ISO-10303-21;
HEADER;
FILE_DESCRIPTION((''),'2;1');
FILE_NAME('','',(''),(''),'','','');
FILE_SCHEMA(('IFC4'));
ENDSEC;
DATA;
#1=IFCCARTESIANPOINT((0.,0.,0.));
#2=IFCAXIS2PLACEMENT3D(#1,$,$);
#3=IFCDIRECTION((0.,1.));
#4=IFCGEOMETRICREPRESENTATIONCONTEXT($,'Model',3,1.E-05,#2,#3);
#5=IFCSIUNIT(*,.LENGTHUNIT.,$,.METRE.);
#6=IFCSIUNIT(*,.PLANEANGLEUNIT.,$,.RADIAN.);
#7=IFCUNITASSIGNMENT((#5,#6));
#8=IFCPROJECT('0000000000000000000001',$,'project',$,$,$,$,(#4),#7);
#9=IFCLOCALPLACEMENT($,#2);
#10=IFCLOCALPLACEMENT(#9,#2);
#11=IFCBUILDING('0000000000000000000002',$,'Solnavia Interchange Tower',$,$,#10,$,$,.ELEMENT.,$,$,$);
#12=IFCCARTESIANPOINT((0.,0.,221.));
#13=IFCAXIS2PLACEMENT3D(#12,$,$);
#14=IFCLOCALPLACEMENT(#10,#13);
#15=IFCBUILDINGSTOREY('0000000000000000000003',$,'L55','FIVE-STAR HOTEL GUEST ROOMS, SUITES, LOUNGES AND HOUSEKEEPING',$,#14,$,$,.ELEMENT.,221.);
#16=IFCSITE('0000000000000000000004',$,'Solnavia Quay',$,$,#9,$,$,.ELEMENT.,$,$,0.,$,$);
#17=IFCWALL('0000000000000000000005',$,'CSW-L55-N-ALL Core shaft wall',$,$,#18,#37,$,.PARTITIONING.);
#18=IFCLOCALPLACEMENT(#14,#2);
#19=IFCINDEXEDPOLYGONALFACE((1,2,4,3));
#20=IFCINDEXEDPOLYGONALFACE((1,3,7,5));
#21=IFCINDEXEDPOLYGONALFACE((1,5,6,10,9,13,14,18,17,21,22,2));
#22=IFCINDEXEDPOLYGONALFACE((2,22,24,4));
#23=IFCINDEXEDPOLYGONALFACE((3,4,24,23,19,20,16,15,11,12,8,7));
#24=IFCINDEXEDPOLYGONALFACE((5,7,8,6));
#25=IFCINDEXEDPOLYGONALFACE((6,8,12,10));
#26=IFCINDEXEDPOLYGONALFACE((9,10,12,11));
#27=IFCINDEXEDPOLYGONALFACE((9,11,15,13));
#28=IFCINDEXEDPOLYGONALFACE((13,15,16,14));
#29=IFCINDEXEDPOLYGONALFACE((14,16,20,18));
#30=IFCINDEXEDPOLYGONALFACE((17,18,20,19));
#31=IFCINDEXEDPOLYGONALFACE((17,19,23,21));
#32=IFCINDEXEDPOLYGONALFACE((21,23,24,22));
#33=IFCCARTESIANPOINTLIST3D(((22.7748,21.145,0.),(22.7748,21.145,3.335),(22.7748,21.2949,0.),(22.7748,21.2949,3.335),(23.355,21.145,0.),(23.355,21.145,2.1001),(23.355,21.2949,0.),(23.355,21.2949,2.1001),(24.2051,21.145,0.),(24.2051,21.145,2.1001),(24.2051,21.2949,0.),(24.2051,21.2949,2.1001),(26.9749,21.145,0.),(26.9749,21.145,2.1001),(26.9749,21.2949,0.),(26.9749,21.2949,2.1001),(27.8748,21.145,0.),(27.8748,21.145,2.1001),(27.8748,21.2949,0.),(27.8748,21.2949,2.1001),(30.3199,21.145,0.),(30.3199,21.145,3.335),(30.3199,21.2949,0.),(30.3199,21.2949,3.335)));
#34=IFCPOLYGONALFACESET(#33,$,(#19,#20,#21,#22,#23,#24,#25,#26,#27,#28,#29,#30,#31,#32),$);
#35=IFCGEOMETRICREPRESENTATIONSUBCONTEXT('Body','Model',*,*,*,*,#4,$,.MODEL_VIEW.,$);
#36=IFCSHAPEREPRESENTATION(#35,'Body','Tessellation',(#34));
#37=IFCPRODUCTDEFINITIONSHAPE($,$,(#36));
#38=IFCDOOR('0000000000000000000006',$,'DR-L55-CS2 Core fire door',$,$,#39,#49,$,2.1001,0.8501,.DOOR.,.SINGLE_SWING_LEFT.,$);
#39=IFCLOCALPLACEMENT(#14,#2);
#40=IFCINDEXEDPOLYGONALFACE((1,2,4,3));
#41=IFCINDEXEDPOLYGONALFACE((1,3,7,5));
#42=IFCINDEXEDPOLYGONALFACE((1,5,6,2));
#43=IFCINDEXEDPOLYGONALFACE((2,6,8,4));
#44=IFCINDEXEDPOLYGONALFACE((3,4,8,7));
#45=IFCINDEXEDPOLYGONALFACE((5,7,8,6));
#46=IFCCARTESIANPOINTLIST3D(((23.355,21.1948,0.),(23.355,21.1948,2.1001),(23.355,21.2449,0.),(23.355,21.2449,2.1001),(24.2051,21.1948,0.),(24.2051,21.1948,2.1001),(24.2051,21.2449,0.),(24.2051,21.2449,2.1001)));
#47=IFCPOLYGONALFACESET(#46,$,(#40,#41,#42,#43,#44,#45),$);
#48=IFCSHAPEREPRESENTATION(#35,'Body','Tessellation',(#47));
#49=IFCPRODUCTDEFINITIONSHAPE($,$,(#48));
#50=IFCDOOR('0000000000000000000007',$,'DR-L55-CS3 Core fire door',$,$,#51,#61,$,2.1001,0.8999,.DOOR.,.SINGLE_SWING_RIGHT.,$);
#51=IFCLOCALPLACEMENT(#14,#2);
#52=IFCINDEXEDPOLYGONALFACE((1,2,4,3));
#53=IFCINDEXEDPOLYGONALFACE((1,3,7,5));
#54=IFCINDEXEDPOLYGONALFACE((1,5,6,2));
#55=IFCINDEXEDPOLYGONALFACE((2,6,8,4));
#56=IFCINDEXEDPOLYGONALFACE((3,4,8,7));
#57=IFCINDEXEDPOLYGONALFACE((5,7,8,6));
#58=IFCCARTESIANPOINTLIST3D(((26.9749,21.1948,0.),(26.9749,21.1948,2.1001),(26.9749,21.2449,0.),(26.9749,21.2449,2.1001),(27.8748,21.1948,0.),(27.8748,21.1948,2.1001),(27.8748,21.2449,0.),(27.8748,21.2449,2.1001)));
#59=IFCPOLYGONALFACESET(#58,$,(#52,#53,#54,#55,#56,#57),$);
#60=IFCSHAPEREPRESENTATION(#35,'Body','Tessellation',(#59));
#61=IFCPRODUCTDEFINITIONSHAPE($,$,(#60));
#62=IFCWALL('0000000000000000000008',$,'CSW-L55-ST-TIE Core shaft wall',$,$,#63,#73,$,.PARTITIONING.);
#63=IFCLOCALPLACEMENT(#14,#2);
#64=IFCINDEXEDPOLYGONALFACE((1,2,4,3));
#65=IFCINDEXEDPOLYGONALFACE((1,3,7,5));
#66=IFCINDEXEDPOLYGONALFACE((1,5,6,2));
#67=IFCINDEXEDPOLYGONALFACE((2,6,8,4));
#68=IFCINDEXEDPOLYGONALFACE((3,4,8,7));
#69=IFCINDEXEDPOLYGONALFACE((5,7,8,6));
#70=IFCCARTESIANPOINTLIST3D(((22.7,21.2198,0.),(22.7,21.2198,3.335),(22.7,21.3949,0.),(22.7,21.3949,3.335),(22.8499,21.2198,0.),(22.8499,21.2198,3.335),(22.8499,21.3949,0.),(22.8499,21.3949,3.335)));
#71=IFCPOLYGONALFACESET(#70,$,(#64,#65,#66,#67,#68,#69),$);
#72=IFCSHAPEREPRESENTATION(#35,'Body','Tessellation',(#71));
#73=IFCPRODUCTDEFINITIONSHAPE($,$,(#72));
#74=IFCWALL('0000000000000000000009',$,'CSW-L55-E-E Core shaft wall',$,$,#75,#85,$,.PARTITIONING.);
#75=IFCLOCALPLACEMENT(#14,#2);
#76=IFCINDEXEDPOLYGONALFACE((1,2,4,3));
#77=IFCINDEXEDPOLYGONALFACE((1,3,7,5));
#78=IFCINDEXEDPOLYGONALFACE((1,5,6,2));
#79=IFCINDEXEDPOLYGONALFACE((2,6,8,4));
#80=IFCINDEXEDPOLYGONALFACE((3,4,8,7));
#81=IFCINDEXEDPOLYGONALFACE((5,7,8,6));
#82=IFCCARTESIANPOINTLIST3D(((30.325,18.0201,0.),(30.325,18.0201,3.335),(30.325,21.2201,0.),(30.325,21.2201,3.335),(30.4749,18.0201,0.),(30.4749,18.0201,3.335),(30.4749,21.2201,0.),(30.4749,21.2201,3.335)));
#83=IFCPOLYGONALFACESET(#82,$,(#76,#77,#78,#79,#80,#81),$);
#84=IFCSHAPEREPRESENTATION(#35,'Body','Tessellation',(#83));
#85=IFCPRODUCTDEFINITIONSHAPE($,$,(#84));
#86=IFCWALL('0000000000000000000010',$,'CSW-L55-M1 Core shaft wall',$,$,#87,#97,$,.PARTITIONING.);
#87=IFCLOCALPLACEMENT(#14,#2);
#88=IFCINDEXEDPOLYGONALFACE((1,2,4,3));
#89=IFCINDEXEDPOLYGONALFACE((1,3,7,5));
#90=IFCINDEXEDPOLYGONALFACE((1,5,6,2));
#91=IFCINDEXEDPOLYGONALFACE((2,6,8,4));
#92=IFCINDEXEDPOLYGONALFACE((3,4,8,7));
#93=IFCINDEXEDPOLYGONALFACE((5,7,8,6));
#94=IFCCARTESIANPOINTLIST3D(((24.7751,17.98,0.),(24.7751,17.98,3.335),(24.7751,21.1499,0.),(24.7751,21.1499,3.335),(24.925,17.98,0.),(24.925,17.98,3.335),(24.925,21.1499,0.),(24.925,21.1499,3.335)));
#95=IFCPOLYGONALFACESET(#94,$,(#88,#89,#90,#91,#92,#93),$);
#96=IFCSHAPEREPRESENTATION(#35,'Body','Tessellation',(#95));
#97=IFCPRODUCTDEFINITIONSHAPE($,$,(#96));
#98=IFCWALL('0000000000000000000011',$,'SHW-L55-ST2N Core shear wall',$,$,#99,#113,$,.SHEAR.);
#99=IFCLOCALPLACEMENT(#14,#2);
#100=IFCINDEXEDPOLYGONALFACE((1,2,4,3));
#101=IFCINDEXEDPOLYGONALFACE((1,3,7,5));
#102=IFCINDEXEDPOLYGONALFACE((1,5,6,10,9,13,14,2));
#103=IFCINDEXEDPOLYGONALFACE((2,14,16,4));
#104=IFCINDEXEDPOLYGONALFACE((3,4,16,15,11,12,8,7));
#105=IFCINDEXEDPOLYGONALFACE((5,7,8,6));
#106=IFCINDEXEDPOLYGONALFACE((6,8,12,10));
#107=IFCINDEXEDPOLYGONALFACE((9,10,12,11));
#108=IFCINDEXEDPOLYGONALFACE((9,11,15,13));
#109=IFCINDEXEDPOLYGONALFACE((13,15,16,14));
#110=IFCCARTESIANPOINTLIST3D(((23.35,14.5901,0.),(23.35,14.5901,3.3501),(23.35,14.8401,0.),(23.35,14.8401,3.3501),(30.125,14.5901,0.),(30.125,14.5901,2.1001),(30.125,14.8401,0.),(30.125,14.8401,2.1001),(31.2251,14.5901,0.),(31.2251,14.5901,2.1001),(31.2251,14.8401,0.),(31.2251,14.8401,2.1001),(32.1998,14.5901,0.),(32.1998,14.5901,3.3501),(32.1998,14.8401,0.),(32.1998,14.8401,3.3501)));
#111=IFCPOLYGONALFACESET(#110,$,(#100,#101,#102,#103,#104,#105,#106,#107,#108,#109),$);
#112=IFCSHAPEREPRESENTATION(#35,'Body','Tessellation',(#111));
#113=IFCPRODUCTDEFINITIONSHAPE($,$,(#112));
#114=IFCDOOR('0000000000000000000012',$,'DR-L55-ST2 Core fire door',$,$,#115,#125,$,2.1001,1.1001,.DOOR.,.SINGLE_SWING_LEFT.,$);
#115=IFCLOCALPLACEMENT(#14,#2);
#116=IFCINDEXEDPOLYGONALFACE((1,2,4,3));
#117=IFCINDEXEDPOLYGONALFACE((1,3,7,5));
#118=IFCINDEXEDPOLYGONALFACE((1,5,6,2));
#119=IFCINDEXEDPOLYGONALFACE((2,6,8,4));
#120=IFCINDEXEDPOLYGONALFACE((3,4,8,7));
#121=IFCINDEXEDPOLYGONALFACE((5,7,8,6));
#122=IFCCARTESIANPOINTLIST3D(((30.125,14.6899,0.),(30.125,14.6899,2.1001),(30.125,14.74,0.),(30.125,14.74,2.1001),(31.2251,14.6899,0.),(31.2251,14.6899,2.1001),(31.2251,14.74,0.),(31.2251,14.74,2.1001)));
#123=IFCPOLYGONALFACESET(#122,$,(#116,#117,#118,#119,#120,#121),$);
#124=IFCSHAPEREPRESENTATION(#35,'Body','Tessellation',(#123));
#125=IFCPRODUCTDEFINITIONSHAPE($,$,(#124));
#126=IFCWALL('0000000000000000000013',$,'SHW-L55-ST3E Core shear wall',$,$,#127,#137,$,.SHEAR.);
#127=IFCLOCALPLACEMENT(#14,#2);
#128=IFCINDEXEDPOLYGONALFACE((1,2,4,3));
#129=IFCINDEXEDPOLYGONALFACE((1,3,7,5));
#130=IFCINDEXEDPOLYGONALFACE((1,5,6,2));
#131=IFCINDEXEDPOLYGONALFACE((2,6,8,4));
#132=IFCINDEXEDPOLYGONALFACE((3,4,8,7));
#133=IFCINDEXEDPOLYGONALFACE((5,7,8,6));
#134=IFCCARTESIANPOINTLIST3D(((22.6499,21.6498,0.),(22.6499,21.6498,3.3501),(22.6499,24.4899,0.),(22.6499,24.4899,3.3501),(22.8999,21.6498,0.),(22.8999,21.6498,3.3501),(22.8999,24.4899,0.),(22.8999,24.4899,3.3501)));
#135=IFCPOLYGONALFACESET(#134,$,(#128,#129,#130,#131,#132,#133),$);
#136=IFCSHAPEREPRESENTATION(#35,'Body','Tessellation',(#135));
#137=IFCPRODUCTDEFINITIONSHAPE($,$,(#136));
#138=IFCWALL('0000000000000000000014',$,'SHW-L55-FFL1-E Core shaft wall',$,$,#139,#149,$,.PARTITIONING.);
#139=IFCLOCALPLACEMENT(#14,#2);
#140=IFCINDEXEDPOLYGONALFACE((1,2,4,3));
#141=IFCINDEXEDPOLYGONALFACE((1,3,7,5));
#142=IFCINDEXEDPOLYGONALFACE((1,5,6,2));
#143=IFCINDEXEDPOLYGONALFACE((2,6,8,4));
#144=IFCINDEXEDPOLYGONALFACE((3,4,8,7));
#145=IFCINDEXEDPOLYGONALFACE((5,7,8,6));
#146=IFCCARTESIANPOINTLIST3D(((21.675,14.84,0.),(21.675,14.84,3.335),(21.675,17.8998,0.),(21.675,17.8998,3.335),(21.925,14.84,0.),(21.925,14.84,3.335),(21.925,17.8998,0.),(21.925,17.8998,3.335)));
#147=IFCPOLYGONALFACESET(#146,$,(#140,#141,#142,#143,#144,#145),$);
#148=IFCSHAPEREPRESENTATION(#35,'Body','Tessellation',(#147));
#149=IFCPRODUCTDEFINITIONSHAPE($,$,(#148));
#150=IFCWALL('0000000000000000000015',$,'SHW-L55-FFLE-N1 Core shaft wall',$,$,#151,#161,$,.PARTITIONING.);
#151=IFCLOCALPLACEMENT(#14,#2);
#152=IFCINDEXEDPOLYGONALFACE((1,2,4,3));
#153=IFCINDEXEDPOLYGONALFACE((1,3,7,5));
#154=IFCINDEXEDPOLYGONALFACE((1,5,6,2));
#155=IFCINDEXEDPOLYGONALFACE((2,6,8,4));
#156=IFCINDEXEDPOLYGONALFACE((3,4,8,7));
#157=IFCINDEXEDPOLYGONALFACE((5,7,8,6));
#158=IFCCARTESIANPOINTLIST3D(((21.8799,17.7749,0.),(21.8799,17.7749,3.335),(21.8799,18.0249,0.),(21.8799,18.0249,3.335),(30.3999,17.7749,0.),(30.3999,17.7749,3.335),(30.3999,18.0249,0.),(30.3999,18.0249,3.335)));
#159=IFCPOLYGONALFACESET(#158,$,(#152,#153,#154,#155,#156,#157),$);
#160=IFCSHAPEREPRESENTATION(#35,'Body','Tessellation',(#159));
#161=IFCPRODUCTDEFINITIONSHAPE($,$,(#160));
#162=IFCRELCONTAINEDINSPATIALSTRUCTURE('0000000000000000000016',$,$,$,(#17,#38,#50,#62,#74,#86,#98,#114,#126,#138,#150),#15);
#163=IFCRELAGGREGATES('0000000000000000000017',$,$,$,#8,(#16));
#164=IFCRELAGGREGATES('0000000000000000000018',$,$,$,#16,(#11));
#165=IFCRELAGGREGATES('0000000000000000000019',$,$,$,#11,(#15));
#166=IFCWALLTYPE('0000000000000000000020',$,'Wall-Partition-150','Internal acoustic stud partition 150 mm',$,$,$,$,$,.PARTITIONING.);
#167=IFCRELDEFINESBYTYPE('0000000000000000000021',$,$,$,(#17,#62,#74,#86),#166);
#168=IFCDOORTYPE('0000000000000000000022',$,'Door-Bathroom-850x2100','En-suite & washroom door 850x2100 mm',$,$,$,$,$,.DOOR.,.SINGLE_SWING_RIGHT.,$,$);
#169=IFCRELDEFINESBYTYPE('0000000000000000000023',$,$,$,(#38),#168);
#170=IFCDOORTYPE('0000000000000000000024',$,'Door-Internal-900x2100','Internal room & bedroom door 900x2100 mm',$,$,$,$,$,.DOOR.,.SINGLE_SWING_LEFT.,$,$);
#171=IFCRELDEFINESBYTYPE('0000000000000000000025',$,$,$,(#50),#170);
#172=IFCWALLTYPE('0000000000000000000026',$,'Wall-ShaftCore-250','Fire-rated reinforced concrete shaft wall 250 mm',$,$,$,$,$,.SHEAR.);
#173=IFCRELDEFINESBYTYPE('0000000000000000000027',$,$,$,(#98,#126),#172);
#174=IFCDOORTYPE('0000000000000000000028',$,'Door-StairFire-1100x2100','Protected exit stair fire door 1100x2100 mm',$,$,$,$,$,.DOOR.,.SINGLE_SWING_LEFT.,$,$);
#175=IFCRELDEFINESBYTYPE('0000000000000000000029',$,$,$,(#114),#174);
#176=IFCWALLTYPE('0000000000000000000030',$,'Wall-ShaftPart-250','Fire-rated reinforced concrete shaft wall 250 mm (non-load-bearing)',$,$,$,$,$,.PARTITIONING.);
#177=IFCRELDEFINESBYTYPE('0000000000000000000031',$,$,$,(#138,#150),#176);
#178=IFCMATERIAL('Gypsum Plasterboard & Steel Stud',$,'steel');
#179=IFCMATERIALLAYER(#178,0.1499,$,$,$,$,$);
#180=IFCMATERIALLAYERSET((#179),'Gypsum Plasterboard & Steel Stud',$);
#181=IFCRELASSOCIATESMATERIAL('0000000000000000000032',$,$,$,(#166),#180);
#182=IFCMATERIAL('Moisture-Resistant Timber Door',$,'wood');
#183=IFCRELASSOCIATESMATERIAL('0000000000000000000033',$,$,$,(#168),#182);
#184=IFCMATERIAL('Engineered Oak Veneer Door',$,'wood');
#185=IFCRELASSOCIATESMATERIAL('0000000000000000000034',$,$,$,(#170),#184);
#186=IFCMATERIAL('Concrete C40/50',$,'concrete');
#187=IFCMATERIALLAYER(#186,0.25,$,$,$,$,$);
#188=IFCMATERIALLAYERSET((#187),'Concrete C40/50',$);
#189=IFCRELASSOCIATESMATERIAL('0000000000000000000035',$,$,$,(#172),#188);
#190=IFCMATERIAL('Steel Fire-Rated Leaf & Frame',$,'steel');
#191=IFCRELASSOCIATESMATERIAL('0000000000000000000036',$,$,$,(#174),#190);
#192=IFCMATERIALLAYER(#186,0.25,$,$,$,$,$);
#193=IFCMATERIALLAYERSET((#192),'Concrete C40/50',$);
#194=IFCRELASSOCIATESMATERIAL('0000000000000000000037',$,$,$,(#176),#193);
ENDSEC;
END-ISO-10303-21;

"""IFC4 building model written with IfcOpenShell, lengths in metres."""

from ifc_helpers import new_model, si_unit, direction, frame, frame_2d, origin, place, context, subcontext, project, spatial, rectangle, extrude, material, layer, layer_set, type_object, element, fill, save


model = new_model("IFC4")

# Units and contexts
model_context = context("Model", 3, precision=1e-05, world=origin(), true_north=direction((0.0, 1.0)))
body_context = subcontext(model_context, "Body", "Model", "MODEL_VIEW")
ifc_project = project(units=[si_unit("LENGTHUNIT", "METRE"), si_unit("PLANEANGLEUNIT", "RADIAN")], contexts=[model_context])

# Site, building, storey
site_placement = place(None, origin())
site = spatial("IfcSite", under=ifc_project, at=site_placement, Name="Solnavia Quay", CompositionType="ELEMENT", RefElevation=0.0)
building_placement = place(site_placement, origin())
building = spatial("IfcBuilding", under=site, at=building_placement, Name="Solnavia Interchange Tower", CompositionType="ELEMENT")
storey_placement = place(building_placement, frame((0.0, 0.0, 221.0)))
storey = spatial("IfcBuildingStorey", under=building, at=storey_placement, Name="L55", Description="FIVE-STAR HOTEL GUEST ROOMS, SUITES, LOUNGES AND HOUSEKEEPING", CompositionType="ELEMENT", Elevation=221.0)

# Wall, openings, doors
ifc_material_1 = material(Name="Gypsum Plasterboard & Steel Stud", Category="steel")
ifc_layer_1 = layer(ifc_material_1, 0.1499)
ifc_layer_set_1 = layer_set([ifc_layer_1], Name="Gypsum Plasterboard & Steel Stud")
wall_type_1 = type_object("IfcWallType", Name="Wall-Partition-150", Description="Internal acoustic stud partition 150 mm", PredefinedType="PARTITIONING", material=ifc_layer_set_1)
wall_1_placement = place(storey_placement, frame((22.7749, 21.22, 0.0), z_axis=(0.0, 0.0, 1.0), x_axis=(1.0, 0.0, 0.0)))
wall_1 = element("IfcWall", 1, at=wall_1_placement, inside=storey, type_object=wall_type_1, Name="CSW-L55-N-ALL Core shaft wall", PredefinedType="PARTITIONING", context=body_context, shape_type="SweptSolid", body=[
    extrude(rectangle(XDim=7.5452, YDim=0.1499, at=frame_2d((3.7725, 0.0))), origin(), (0.0, 0.0, 1.0), 3.335),
])
opening_1_placement = place(wall_1_placement, frame((0.5801, 0.0, 0.0)))
opening_1 = element("IfcOpeningElement", 2, at=opening_1_placement, cuts=wall_1, PredefinedType="OPENING", context=body_context, shape_type="SweptSolid", body=[
    extrude(rectangle(XDim=0.8501, YDim=2.1001, at=frame_2d((0.425, 1.05))), frame((0.0, 0.085, 0.0), z_axis=(0.0, -1.0, 0.0), x_axis=(1.0, 0.0, 0.0)), (0.0, 0.0, 1.0), 0.1699),
])
opening_2_placement = place(wall_1_placement, frame((4.2, 0.0, 0.0)))
opening_2 = element("IfcOpeningElement", 3, at=opening_2_placement, cuts=wall_1, PredefinedType="OPENING", context=body_context, shape_type="SweptSolid", body=[
    extrude(rectangle(XDim=0.8999, YDim=2.1001, at=frame_2d((0.45, 1.05))), frame((0.0, 0.085, 0.0), z_axis=(0.0, -1.0, 0.0), x_axis=(1.0, 0.0, 0.0)), (0.0, 0.0, 1.0), 0.1699),
])
ifc_material_2 = material(Name="Moisture-Resistant Timber Door", Category="wood")
door_type_1 = type_object("IfcDoorType", Name="Door-Bathroom-850x2100", Description="En-suite & washroom door 850x2100 mm", OperationType="SINGLE_SWING_RIGHT", PredefinedType="DOOR", material=ifc_material_2)
door_1_placement = place(opening_1_placement, origin())
door_1 = element("IfcDoor", 4, at=door_1_placement, inside=storey, type_object=door_type_1, Name="DR-L55-CS2 Core fire door", OperationType="SINGLE_SWING_LEFT", OverallHeight=2.1001, OverallWidth=0.8501, PredefinedType="DOOR", context=body_context, shape_type="SweptSolid", body=[
    extrude(rectangle(XDim=0.8501, YDim=2.1001, at=frame_2d((0.425, 1.05))), frame((0.0, 0.0249, 0.0), z_axis=(0.0, -1.0, 0.0), x_axis=(1.0, 0.0, 0.0)), (0.0, 0.0, 1.0), 0.05),
])
fill(opening_1, door_1)
ifc_material_3 = material(Name="Engineered Oak Veneer Door", Category="wood")
door_type_2 = type_object("IfcDoorType", Name="Door-Internal-900x2100", Description="Internal room & bedroom door 900x2100 mm", OperationType="SINGLE_SWING_LEFT", PredefinedType="DOOR", material=ifc_material_3)
door_2_placement = place(opening_2_placement, origin())
door_2 = element("IfcDoor", 5, at=door_2_placement, inside=storey, type_object=door_type_2, Name="DR-L55-CS3 Core fire door", OperationType="SINGLE_SWING_RIGHT", OverallHeight=2.1001, OverallWidth=0.8999, PredefinedType="DOOR", context=body_context, shape_type="SweptSolid", body=[
    extrude(rectangle(XDim=0.8999, YDim=2.1001, at=frame_2d((0.45, 1.05))), frame((0.0, 0.0249, 0.0), z_axis=(0.0, -1.0, 0.0), x_axis=(1.0, 0.0, 0.0)), (0.0, 0.0, 1.0), 0.05),
])
fill(opening_2, door_2)

# Walls
wall_2_placement = place(storey_placement, frame((22.7749, 21.22, 0.0), z_axis=(0.0, 0.0, 1.0), x_axis=(0.0, 1.0, 0.0)))
element("IfcWall", 6, at=wall_2_placement, inside=storey, type_object=wall_type_1, Name="CSW-L55-ST-TIE Core shaft wall", PredefinedType="PARTITIONING", context=body_context, shape_type="SweptSolid", body=[
    extrude(rectangle(XDim=0.175, YDim=0.1499, at=frame_2d((0.0874, 0.0))), origin(), (0.0, 0.0, 1.0), 3.335),
])
wall_3_placement = place(storey_placement, frame((30.3999, 18.02, 0.0), z_axis=(0.0, 0.0, 1.0), x_axis=(0.0, 1.0, 0.0)))
element("IfcWall", 7, at=wall_3_placement, inside=storey, type_object=wall_type_1, Name="CSW-L55-E-E Core shaft wall", PredefinedType="PARTITIONING", context=body_context, shape_type="SweptSolid", body=[
    extrude(rectangle(XDim=3.2, YDim=0.1499, at=frame_2d((1.6001, 0.0))), origin(), (0.0, 0.0, 1.0), 3.335),
])
wall_4_placement = place(storey_placement, frame((24.8501, 17.98, 0.0), z_axis=(0.0, 0.0, 1.0), x_axis=(0.0, 1.0, 0.0)))
element("IfcWall", 8, at=wall_4_placement, inside=storey, type_object=wall_type_1, Name="CSW-L55-M1 Core shaft wall", PredefinedType="PARTITIONING", context=body_context, shape_type="SweptSolid", body=[
    extrude(rectangle(XDim=3.1699, YDim=0.1499, at=frame_2d((1.585, 0.0))), origin(), (0.0, 0.0, 1.0), 3.335),
])

# Wall, opening, door
ifc_material_4 = material(Name="Concrete C40/50", Category="concrete")
ifc_layer_2 = layer(ifc_material_4, 0.25)
ifc_layer_set_2 = layer_set([ifc_layer_2], Name="Concrete C40/50")
wall_type_2 = type_object("IfcWallType", Name="Wall-ShaftCore-250", Description="Fire-rated reinforced concrete shaft wall 250 mm", PredefinedType="SHEAR", material=ifc_layer_set_2)
wall_5_placement = place(storey_placement, frame((23.3501, 14.7151, 0.0), z_axis=(0.0, 0.0, 1.0), x_axis=(1.0, 0.0, 0.0)))
wall_5 = element("IfcWall", 9, at=wall_5_placement, inside=storey, type_object=wall_type_2, Name="SHW-L55-ST2N Core shear wall", PredefinedType="SHEAR", context=body_context, shape_type="SweptSolid", body=[
    extrude(rectangle(XDim=8.8499, YDim=0.25, at=frame_2d((4.4248, 0.0))), origin(), (0.0, 0.0, 1.0), 3.3501),
])
opening_3_placement = place(wall_5_placement, frame((6.7749, 0.0, 0.0)))
opening_3 = element("IfcOpeningElement", 10, at=opening_3_placement, cuts=wall_5, PredefinedType="OPENING", context=body_context, shape_type="SweptSolid", body=[
    extrude(rectangle(XDim=1.1001, YDim=2.1001, at=frame_2d((0.55, 1.05))), frame((0.0, 0.135, 0.0), z_axis=(0.0, -1.0, 0.0), x_axis=(1.0, 0.0, 0.0)), (0.0, 0.0, 1.0), 0.27),
])
ifc_material_5 = material(Name="Steel Fire-Rated Leaf & Frame", Category="steel")
door_type_3 = type_object("IfcDoorType", Name="Door-StairFire-1100x2100", Description="Protected exit stair fire door 1100x2100 mm", OperationType="SINGLE_SWING_LEFT", PredefinedType="DOOR", material=ifc_material_5)
door_3_placement = place(opening_3_placement, origin())
door_3 = element("IfcDoor", 11, at=door_3_placement, inside=storey, type_object=door_type_3, Name="DR-L55-ST2 Core fire door", OperationType="SINGLE_SWING_LEFT", OverallHeight=2.1001, OverallWidth=1.1001, PredefinedType="DOOR", context=body_context, shape_type="SweptSolid", body=[
    extrude(rectangle(XDim=1.1001, YDim=2.1001, at=frame_2d((0.55, 1.05))), frame((0.0, 0.0249, 0.0), z_axis=(0.0, -1.0, 0.0), x_axis=(1.0, 0.0, 0.0)), (0.0, 0.0, 1.0), 0.05),
])
fill(opening_3, door_3)

# Walls
wall_6_placement = place(storey_placement, frame((22.7749, 21.6499, 0.0), z_axis=(0.0, 0.0, 1.0), x_axis=(0.0, 1.0, 0.0)))
element("IfcWall", 12, at=wall_6_placement, inside=storey, type_object=wall_type_2, Name="SHW-L55-ST3E Core shear wall", PredefinedType="SHEAR", context=body_context, shape_type="SweptSolid", body=[
    extrude(rectangle(XDim=2.8401, YDim=0.25, at=frame_2d((1.4199, 0.0))), origin(), (0.0, 0.0, 1.0), 3.3501),
])
ifc_layer_3 = layer(ifc_material_4, 0.25)
ifc_layer_set_3 = layer_set([ifc_layer_3], Name="Concrete C40/50")
wall_type_3 = type_object("IfcWallType", Name="Wall-ShaftPart-250", Description="Fire-rated reinforced concrete shaft wall 250 mm (non-load-bearing)", PredefinedType="PARTITIONING", material=ifc_layer_set_3)
wall_7_placement = place(storey_placement, frame((21.8, 14.8401, 0.0), z_axis=(0.0, 0.0, 1.0), x_axis=(0.0, 1.0, 0.0)))
element("IfcWall", 13, at=wall_7_placement, inside=storey, type_object=wall_type_3, Name="SHW-L55-FFL1-E Core shaft wall", PredefinedType="PARTITIONING", context=body_context, shape_type="SweptSolid", body=[
    extrude(rectangle(XDim=3.0598, YDim=0.25, at=frame_2d((1.5298, 0.0))), origin(), (0.0, 0.0, 1.0), 3.335),
])
wall_8_placement = place(storey_placement, frame((21.8799, 17.8999, 0.0), z_axis=(0.0, 0.0, 1.0), x_axis=(1.0, 0.0, 0.0)))
element("IfcWall", 14, at=wall_8_placement, inside=storey, type_object=wall_type_3, Name="SHW-L55-FFLE-N1 Core shaft wall", PredefinedType="PARTITIONING", context=body_context, shape_type="SweptSolid", body=[
    extrude(rectangle(XDim=8.52, YDim=0.25, at=frame_2d((4.26, 0.0))), origin(), (0.0, 0.0, 1.0), 3.335),
])

save(model, "model.ifc")
